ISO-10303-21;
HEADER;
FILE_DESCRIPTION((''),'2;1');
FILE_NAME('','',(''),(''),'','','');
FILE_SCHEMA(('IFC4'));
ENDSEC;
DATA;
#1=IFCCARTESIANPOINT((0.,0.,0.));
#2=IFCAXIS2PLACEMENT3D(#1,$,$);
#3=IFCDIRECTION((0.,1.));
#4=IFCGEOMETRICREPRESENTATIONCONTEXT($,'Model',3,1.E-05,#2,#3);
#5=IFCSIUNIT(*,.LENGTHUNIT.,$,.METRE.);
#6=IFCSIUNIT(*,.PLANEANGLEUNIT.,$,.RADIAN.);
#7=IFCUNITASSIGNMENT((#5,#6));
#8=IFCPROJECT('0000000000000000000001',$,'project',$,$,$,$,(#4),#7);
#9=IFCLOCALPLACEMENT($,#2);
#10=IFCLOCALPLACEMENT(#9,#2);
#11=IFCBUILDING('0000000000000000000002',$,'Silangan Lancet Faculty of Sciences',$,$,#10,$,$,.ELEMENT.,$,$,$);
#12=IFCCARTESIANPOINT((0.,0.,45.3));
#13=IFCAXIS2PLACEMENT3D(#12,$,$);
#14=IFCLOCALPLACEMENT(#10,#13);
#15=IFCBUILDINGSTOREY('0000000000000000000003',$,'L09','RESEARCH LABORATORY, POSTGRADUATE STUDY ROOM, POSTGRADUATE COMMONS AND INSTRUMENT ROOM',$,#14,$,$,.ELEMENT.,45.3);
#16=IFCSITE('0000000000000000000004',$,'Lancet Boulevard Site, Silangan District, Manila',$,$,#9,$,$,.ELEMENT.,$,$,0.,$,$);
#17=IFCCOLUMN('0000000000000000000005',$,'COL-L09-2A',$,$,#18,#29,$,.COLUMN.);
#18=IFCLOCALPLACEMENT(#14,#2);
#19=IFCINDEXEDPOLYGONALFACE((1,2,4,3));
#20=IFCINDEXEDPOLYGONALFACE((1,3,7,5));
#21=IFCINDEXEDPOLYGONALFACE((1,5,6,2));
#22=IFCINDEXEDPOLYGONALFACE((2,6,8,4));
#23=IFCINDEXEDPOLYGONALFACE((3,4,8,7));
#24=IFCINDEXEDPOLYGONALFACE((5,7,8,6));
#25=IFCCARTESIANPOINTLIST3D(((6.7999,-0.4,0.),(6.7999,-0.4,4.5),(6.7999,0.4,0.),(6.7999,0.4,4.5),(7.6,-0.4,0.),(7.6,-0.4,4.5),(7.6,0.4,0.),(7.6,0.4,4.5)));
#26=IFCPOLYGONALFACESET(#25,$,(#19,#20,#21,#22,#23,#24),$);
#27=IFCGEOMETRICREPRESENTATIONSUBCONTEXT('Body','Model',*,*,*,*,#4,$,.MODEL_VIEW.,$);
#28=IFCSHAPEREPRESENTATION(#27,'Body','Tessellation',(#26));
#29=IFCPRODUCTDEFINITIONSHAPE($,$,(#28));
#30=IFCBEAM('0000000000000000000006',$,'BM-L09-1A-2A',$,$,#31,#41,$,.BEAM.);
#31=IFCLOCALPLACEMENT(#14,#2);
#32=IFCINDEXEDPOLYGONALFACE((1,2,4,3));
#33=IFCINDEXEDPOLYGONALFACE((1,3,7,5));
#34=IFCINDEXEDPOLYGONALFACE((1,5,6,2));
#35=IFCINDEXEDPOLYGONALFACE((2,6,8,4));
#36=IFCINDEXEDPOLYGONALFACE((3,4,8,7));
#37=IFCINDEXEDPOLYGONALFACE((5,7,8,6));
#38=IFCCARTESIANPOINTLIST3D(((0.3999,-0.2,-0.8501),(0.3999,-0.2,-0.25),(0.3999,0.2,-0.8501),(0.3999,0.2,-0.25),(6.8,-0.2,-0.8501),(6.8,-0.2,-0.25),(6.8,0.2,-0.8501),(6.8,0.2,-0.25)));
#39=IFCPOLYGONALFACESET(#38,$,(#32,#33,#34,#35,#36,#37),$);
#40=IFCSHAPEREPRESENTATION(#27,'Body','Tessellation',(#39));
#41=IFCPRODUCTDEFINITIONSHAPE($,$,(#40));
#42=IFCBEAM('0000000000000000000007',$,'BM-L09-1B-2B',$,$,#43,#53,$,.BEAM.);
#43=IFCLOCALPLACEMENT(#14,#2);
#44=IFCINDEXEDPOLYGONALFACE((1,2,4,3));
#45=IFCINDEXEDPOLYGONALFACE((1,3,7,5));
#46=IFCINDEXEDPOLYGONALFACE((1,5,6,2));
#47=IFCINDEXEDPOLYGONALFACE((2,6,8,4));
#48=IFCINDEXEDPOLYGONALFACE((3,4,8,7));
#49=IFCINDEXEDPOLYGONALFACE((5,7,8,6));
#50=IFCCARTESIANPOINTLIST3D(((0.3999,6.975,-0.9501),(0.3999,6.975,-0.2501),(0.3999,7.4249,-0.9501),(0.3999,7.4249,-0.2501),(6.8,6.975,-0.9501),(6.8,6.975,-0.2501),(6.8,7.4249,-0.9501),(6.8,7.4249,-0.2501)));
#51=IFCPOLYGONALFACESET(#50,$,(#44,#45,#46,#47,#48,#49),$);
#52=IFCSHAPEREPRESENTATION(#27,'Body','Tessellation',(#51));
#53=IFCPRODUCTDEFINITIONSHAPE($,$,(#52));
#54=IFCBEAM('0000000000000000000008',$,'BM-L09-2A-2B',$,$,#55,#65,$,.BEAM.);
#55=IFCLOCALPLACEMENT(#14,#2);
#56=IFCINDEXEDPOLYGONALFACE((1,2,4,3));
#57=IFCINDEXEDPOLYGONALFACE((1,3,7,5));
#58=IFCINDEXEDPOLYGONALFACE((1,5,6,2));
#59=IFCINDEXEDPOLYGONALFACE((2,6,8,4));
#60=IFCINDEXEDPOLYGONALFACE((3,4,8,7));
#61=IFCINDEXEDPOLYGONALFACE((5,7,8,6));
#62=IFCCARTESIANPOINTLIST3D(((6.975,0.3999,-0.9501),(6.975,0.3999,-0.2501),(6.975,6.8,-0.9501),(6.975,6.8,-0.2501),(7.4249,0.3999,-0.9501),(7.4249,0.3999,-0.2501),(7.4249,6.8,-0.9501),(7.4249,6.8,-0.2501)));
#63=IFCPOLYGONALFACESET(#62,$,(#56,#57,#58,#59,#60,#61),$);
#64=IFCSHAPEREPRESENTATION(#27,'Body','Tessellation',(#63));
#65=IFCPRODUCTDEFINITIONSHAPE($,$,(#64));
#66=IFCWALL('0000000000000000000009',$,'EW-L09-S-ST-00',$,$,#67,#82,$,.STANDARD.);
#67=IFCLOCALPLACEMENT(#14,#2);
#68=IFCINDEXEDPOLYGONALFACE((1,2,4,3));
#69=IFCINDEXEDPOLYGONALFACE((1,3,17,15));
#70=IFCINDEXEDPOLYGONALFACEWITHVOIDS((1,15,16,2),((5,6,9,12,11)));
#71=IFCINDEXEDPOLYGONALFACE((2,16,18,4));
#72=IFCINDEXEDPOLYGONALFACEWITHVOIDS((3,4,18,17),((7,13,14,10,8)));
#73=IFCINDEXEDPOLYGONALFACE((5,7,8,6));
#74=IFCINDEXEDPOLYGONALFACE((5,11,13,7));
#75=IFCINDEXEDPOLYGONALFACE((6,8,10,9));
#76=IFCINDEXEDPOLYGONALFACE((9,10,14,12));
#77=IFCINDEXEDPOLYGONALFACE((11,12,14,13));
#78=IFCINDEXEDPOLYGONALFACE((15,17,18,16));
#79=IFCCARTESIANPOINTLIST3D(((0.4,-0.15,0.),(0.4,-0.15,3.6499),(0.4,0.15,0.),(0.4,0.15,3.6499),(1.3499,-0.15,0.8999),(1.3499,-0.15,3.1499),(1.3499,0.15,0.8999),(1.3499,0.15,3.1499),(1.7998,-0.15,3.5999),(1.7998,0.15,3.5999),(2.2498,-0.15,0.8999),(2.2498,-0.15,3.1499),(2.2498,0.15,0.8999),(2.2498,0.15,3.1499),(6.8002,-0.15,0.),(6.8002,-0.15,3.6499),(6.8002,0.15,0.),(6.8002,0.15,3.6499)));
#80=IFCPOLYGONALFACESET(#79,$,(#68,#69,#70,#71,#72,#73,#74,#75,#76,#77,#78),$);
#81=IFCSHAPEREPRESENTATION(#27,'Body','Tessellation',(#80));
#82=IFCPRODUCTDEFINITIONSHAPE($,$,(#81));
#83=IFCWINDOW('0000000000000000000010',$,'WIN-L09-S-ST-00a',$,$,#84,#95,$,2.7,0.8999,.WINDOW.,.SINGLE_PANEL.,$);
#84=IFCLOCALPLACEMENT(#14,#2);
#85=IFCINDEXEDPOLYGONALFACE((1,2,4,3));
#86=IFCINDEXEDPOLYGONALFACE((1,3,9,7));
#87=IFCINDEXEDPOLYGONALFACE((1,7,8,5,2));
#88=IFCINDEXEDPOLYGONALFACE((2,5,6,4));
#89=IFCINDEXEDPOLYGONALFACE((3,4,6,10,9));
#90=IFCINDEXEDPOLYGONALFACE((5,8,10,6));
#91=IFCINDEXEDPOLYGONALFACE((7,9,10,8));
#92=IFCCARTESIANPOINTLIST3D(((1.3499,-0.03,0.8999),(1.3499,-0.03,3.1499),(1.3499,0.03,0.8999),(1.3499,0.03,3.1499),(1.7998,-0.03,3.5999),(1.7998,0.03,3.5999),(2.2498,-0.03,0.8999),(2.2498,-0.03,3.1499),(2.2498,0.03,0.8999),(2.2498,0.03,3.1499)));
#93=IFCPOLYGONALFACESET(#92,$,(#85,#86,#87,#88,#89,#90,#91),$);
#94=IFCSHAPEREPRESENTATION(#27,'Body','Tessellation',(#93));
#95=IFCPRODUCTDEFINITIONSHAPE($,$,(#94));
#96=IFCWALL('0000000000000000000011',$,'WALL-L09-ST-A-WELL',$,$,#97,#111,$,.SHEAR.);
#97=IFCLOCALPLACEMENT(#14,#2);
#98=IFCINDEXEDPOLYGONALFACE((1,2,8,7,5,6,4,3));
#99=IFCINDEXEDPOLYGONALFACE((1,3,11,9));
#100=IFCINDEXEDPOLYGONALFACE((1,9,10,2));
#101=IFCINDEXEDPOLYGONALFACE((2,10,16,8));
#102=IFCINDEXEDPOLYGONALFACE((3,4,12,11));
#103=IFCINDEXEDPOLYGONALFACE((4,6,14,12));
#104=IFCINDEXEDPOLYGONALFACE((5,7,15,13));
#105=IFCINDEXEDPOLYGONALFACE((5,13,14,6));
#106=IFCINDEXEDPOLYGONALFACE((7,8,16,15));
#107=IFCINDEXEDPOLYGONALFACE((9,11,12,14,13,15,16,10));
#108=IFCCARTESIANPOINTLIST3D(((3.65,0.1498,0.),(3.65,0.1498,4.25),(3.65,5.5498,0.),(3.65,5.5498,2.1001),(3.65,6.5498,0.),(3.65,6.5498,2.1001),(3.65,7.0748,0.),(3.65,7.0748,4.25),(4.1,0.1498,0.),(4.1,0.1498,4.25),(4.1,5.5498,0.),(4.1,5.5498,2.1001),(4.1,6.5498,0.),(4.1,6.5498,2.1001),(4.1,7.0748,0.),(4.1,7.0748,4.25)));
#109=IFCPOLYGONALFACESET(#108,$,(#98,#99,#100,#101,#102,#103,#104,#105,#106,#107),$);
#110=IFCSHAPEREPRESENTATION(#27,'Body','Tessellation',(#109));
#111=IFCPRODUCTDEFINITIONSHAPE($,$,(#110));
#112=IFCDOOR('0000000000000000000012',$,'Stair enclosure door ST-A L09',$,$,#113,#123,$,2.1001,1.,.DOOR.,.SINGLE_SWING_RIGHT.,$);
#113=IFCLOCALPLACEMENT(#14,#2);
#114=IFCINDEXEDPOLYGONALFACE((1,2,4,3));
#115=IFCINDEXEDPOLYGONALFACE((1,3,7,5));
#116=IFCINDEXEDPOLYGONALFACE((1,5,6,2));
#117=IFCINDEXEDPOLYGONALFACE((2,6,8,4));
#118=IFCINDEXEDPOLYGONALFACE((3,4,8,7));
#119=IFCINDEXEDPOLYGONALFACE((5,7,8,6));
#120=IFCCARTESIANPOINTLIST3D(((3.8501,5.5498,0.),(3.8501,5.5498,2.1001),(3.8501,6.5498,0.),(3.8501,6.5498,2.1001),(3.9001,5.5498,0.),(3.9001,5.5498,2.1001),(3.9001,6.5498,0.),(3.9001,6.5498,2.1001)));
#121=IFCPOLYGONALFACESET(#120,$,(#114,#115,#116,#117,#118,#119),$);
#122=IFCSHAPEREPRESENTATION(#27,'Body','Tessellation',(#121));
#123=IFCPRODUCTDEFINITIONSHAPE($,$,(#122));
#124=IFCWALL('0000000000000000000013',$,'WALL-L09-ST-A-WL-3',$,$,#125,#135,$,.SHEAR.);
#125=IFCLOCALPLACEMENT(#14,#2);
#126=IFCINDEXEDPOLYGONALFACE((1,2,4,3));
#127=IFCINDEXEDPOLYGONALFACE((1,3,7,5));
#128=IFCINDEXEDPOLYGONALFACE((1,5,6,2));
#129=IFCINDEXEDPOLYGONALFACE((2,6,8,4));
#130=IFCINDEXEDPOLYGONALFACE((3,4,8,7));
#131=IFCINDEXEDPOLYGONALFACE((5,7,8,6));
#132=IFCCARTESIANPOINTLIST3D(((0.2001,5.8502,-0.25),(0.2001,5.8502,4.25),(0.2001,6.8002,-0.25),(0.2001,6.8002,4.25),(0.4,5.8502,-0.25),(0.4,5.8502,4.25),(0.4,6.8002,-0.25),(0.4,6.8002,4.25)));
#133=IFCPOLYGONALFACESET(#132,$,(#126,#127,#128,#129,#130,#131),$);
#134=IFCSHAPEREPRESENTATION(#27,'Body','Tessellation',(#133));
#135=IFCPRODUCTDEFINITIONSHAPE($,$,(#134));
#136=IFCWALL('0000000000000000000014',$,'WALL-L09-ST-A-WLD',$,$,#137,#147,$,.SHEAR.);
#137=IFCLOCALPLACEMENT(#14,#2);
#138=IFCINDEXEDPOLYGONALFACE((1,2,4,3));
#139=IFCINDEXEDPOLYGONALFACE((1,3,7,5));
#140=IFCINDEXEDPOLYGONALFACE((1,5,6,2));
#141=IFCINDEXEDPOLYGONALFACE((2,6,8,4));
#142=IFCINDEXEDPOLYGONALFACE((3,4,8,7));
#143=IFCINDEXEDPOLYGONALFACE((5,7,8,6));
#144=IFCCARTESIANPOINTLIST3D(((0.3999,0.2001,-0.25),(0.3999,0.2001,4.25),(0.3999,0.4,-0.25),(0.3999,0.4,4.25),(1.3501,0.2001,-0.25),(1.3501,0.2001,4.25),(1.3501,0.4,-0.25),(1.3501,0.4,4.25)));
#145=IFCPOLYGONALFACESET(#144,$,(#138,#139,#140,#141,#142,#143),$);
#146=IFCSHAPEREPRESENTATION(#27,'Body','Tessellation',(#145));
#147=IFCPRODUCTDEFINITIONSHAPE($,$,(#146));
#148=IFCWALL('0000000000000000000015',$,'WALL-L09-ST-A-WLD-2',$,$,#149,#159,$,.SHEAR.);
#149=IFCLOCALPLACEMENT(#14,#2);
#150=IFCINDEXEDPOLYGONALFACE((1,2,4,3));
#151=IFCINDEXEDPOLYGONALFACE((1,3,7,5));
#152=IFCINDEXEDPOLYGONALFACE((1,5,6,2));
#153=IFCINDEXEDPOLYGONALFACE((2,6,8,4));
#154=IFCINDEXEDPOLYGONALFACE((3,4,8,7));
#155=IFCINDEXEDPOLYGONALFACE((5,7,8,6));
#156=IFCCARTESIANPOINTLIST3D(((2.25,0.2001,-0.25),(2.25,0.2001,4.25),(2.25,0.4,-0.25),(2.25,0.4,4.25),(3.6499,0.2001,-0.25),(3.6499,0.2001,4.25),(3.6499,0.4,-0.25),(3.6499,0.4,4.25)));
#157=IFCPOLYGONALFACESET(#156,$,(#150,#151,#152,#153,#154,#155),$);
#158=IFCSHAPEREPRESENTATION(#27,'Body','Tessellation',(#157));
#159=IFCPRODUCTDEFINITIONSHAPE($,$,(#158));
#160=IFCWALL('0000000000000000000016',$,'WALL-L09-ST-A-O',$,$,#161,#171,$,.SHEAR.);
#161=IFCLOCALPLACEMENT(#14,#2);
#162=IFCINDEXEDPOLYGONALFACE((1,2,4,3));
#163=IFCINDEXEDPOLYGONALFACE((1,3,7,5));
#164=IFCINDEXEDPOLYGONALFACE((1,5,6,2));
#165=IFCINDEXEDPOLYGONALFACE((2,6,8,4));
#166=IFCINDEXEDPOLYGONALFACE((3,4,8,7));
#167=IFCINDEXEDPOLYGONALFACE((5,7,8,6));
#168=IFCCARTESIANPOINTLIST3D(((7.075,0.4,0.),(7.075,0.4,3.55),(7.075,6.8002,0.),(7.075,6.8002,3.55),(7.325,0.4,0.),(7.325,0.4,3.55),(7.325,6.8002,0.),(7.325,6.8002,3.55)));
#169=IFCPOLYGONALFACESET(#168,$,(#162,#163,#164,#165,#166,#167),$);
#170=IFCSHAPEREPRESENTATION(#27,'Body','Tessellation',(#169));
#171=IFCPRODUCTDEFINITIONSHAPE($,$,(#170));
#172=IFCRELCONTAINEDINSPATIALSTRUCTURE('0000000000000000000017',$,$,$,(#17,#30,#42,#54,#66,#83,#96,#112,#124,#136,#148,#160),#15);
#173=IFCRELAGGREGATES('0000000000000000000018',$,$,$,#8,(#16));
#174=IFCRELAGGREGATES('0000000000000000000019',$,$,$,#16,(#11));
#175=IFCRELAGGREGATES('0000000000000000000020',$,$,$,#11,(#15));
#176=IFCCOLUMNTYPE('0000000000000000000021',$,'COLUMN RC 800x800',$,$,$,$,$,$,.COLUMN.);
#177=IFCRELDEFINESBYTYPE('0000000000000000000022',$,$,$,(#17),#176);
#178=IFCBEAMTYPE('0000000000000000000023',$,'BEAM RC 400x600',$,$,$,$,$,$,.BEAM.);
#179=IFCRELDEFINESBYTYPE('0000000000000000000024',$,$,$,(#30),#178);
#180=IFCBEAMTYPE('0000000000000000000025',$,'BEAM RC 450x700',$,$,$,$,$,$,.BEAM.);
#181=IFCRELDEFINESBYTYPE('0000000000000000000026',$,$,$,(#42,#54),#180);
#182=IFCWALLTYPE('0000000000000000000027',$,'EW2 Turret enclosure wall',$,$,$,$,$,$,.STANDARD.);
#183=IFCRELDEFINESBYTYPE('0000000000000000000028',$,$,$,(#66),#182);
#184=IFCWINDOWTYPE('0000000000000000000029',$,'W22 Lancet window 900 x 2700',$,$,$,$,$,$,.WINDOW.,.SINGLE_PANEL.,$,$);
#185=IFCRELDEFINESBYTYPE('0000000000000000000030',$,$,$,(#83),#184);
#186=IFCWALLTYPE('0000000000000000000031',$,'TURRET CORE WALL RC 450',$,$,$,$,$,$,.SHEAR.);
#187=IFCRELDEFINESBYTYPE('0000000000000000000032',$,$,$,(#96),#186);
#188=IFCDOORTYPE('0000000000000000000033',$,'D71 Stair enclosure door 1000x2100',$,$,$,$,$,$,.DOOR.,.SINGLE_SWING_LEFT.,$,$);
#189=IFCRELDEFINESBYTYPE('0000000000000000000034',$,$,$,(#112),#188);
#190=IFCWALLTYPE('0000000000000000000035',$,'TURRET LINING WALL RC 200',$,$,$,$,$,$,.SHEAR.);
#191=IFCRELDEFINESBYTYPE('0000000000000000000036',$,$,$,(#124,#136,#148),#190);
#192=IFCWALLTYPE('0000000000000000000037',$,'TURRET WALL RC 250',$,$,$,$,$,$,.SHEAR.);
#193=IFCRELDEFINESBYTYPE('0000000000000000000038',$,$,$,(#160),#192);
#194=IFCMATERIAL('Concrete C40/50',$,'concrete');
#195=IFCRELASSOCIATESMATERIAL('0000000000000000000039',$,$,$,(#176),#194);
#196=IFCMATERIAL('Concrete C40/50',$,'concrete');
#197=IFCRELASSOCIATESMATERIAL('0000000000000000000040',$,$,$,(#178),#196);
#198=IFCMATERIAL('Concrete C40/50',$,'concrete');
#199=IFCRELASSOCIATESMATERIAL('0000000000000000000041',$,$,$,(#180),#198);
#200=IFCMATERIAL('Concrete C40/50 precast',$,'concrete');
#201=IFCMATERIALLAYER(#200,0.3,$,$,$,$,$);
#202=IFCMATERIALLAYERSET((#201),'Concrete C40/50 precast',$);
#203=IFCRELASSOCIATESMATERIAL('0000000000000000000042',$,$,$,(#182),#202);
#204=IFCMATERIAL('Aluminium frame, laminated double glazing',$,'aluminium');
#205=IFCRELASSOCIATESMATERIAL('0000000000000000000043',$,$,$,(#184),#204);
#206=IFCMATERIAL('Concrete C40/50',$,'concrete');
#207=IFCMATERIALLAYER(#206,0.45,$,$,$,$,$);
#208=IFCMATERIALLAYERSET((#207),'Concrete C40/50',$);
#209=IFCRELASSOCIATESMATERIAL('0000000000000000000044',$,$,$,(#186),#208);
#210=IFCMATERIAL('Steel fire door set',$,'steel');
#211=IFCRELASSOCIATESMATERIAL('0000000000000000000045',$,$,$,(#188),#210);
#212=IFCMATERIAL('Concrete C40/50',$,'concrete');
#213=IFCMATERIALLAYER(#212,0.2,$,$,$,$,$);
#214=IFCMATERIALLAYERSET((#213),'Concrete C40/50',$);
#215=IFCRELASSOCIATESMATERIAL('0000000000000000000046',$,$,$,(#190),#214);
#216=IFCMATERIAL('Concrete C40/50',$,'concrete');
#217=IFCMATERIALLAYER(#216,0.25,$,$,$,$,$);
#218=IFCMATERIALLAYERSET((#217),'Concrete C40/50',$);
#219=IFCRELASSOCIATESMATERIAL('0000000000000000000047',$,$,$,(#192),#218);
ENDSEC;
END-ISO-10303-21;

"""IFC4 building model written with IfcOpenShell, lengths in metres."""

from ifc_helpers import new_model, si_unit, direction, frame, frame_2d, origin, origin_2d, place, context, subcontext, project, spatial, polyline, rectangle, outline, extrude, material, layer, layer_set, material_profile, profile_set, type_object, element, fill, save


model = new_model("IFC4")

# Units and contexts
model_context = context("Model", 3, precision=1e-05, world=origin(), true_north=direction((0.0, 1.0)))
body_context = subcontext(model_context, "Body", "Model", "MODEL_VIEW")
ifc_project = project(units=[si_unit("LENGTHUNIT", "METRE"), si_unit("PLANEANGLEUNIT", "RADIAN")], contexts=[model_context])

# Site, building, storey
site_placement = place(None, origin())
site = spatial("IfcSite", under=ifc_project, at=site_placement, Name="Lancet Boulevard Site, Silangan District, Manila", CompositionType="ELEMENT", RefElevation=0.0)
building_placement = place(site_placement, origin())
building = spatial("IfcBuilding", under=site, at=building_placement, Name="Silangan Lancet Faculty of Sciences", CompositionType="ELEMENT")
storey_placement = place(building_placement, frame((0.0, 0.0, 45.3)))
storey = spatial("IfcBuildingStorey", under=building, at=storey_placement, Name="L09", Description="RESEARCH LABORATORY, POSTGRADUATE STUDY ROOM, POSTGRADUATE COMMONS AND INSTRUMENT ROOM", CompositionType="ELEMENT", Elevation=45.3)

# Column
ifc_material_1 = material(Name="Concrete C40/50", Category="concrete")
ifc_material_profile_1 = material_profile(ifc_material_1, rectangle(XDim=0.8, YDim=0.8, at=origin_2d()), Name="RC 800x800")
ifc_profile_set_1 = profile_set([ifc_material_profile_1], Name="Concrete C40/50")
column_type = type_object("IfcColumnType", Name="COLUMN RC 800x800", PredefinedType="COLUMN", material=ifc_profile_set_1)
column_placement = place(storey_placement, frame((7.2, 0.0, 0.0), z_axis=(0.0, 0.0, 1.0), x_axis=(1.0, 0.0, 0.0)))
element("IfcColumn", 1, at=column_placement, inside=storey, type_object=column_type, Name="COL-L09-2A", PredefinedType="COLUMN", context=body_context, shape_type="SweptSolid", body=[
    extrude(rectangle(XDim=0.8, YDim=0.8, at=origin_2d()), origin(), (0.0, 0.0, 1.0), 4.5),
])

# Beams
ifc_material_2 = material(Name="Concrete C40/50", Category="concrete")
ifc_material_profile_2 = material_profile(ifc_material_2, rectangle(XDim=0.3999, YDim=0.6001, at=origin_2d()), Name="RC 400x600")
ifc_profile_set_2 = profile_set([ifc_material_profile_2], Name="Concrete C40/50")
beam_type_1 = type_object("IfcBeamType", Name="BEAM RC 400x600", PredefinedType="BEAM", material=ifc_profile_set_2)
beam_placement = place(storey_placement, frame((0.3999, 0.0, -0.55), z_axis=(1.0, 0.0, 0.0), x_axis=(0.0, 1.0, 0.0)))
element("IfcBeam", 2, at=beam_placement, inside=storey, type_object=beam_type_1, Name="BM-L09-1A-2A", PredefinedType="BEAM", context=body_context, shape_type="SweptSolid", body=[
    extrude(rectangle(XDim=0.3999, YDim=0.6001, at=origin_2d()), origin(), (0.0, 0.0, 1.0), 6.4001),
])
ifc_material_3 = material(Name="Concrete C40/50", Category="concrete")
ifc_material_profile_3 = material_profile(ifc_material_3, rectangle(XDim=0.45, YDim=0.7, at=origin_2d()), Name="RC 450x700")
ifc_profile_set_3 = profile_set([ifc_material_profile_3], Name="Concrete C40/50")
beam_type_2 = type_object("IfcBeamType", Name="BEAM RC 450x700", PredefinedType="BEAM", material=ifc_profile_set_3)
for number, where, z_axis, x_axis, name in (
    (3, (0.3999, 7.2, -0.6001), (1.0, 0.0, 0.0), (0.0, 1.0, 0.0), "BM-L09-1B-2B"),
    (4, (7.2, 0.3999, -0.6001), (0.0, 1.0, 0.0), (-1.0, 0.0, 0.0), "BM-L09-2A-2B"),
):
    element("IfcBeam", number, at=place(storey_placement, frame(where, z_axis=z_axis, x_axis=x_axis)), inside=storey, type_object=beam_type_2, Name=name, PredefinedType="BEAM", context=body_context, shape_type="SweptSolid", body=[
        extrude(rectangle(XDim=0.45, YDim=0.7, at=origin_2d()), origin(), (0.0, 0.0, 1.0), 6.4001),
    ])

# Wall, opening, window
ifc_material_4 = material(Name="Concrete C40/50 precast", Category="concrete")
ifc_layer_1 = layer(ifc_material_4, 0.3)
ifc_layer_set_1 = layer_set([ifc_layer_1], Name="Concrete C40/50 precast")
wall_type_1 = type_object("IfcWallType", Name="EW2 Turret enclosure wall", PredefinedType="STANDARD", material=ifc_layer_set_1)
wall_1_placement = place(storey_placement, frame((0.3999, 0.0, 0.0), z_axis=(0.0, 0.0, 1.0), x_axis=(1.0, 0.0, 0.0)))
wall_1 = element("IfcWall", 5, at=wall_1_placement, inside=storey, type_object=wall_type_1, Name="EW-L09-S-ST-00", PredefinedType="STANDARD", context=body_context, shape_type="SweptSolid", body=[
    extrude(rectangle(XDim=6.4001, YDim=0.3, at=frame_2d((3.2002, 0.0))), origin(), (0.0, 0.0, 1.0), 3.6499),
])
opening_1_placement = place(wall_1_placement, frame((0.95, 0.0, 0.8999)))
opening_1 = element("IfcOpeningElement", 6, at=opening_1_placement, cuts=wall_1, PredefinedType="OPENING", context=body_context, shape_type="SweptSolid", body=[
    extrude(outline(polyline([(0.0, 0.0), (0.8999, 0.0), (0.8999, 2.25), (0.45, 2.7), (0.0, 2.25), (0.0, 0.0)])), frame((0.0, 0.1599, 0.0), z_axis=(0.0, -1.0, 0.0), x_axis=(1.0, 0.0, 0.0)), (0.0, 0.0, 1.0), 0.3201),
])
ifc_material_5 = material(Name="Aluminium frame, laminated double glazing", Category="aluminium")
window_type = type_object("IfcWindowType", Name="W22 Lancet window 900 x 2700", PartitioningType="SINGLE_PANEL", PredefinedType="WINDOW", material=ifc_material_5)
window_placement = place(opening_1_placement, origin())
window = element("IfcWindow", 7, at=window_placement, inside=storey, type_object=window_type, Name="WIN-L09-S-ST-00a", OverallHeight=2.7, OverallWidth=0.8999, PartitioningType="SINGLE_PANEL", PredefinedType="WINDOW", context=body_context, shape_type="SweptSolid", body=[
    extrude(outline(polyline([(0.0, 0.0), (0.8999, 0.0), (0.8999, 2.25), (0.45, 2.7), (0.0, 2.25), (0.0, 0.0)])), frame((0.0, 0.03, 0.0), z_axis=(0.0, -1.0, 0.0), x_axis=(1.0, 0.0, 0.0)), (0.0, 0.0, 1.0), 0.0601),
])
fill(opening_1, window)

# Wall, opening, door
ifc_material_6 = material(Name="Concrete C40/50", Category="concrete")
ifc_layer_2 = layer(ifc_material_6, 0.45)
ifc_layer_set_2 = layer_set([ifc_layer_2], Name="Concrete C40/50")
wall_type_2 = type_object("IfcWallType", Name="TURRET CORE WALL RC 450", PredefinedType="SHEAR", material=ifc_layer_set_2)
wall_2_placement = place(storey_placement, frame((3.875, 0.1499, 0.0), z_axis=(0.0, 0.0, 1.0), x_axis=(0.0, 1.0, 0.0)))
wall_2 = element("IfcWall", 8, at=wall_2_placement, inside=storey, type_object=wall_type_2, Name="WALL-L09-ST-A-WELL", PredefinedType="SHEAR", context=body_context, shape_type="SweptSolid", body=[
    extrude(rectangle(XDim=6.925, YDim=0.45, at=frame_2d((3.4624, 0.0))), origin(), (0.0, 0.0, 1.0), 4.25),
])
opening_2_placement = place(wall_2_placement, frame((5.3999, 0.0, 0.0)))
opening_2 = element("IfcOpeningElement", 9, at=opening_2_placement, cuts=wall_2, PredefinedType="OPENING", context=body_context, shape_type="SweptSolid", body=[
    extrude(rectangle(XDim=1.0, YDim=2.1001, at=frame_2d((0.5, 1.05))), frame((0.0, 0.2349, 0.0), z_axis=(0.0, -1.0, 0.0), x_axis=(1.0, 0.0, 0.0)), (0.0, 0.0, 1.0), 0.47),
])
ifc_material_7 = material(Name="Steel fire door set", Category="steel")
door_type_1 = type_object("IfcDoorType", Name="D71 Stair enclosure door 1000x2100", OperationType="SINGLE_SWING_LEFT", PredefinedType="DOOR", material=ifc_material_7)
door_1_placement = place(opening_2_placement, origin())
door_1 = element("IfcDoor", 10, at=door_1_placement, inside=storey, type_object=door_type_1, Name="Stair enclosure door ST-A L09", OperationType="SINGLE_SWING_RIGHT", OverallHeight=2.1001, OverallWidth=1.0, PredefinedType="DOOR", context=body_context, shape_type="SweptSolid", body=[
    extrude(rectangle(XDim=1.0, YDim=2.1001, at=frame_2d((0.5, 1.05))), frame((0.0, 0.0249, 0.0), z_axis=(0.0, -1.0, 0.0), x_axis=(1.0, 0.0, 0.0)), (0.0, 0.0, 1.0), 0.05),
])
fill(opening_2, door_1)

# Walls
ifc_material_8 = material(Name="Concrete C40/50", Category="concrete")
ifc_layer_3 = layer(ifc_material_8, 0.2)
ifc_layer_set_3 = layer_set([ifc_layer_3], Name="Concrete C40/50")
wall_type_3 = type_object("IfcWallType", Name="TURRET LINING WALL RC 200", PredefinedType="SHEAR", material=ifc_layer_set_3)
wall_3_placement = place(storey_placement, frame((0.3, 5.8501, -0.25), z_axis=(0.0, 0.0, 1.0), x_axis=(0.0, 1.0, 0.0)))
element("IfcWall", 11, at=wall_3_placement, inside=storey, type_object=wall_type_3, Name="WALL-L09-ST-A-WL-3", PredefinedType="SHEAR", context=body_context, shape_type="SweptSolid", body=[
    extrude(rectangle(XDim=0.95, YDim=0.2, at=frame_2d((0.4751, 0.0))), origin(), (0.0, 0.0, 1.0), 4.5),
])
wall_4_placement = place(storey_placement, frame((0.3999, 0.3, -0.25), z_axis=(0.0, 0.0, 1.0), x_axis=(1.0, 0.0, 0.0)))
element("IfcWall", 12, at=wall_4_placement, inside=storey, type_object=wall_type_3, Name="WALL-L09-ST-A-WLD", PredefinedType="SHEAR", context=body_context, shape_type="SweptSolid", body=[
    extrude(rectangle(XDim=0.9502, YDim=0.2, at=frame_2d((0.4751, 0.0))), origin(), (0.0, 0.0, 1.0), 4.5),
])
wall_5_placement = place(storey_placement, frame((2.25, 0.3, -0.25), z_axis=(0.0, 0.0, 1.0), x_axis=(1.0, 0.0, 0.0)))
element("IfcWall", 13, at=wall_5_placement, inside=storey, type_object=wall_type_3, Name="WALL-L09-ST-A-WLD-2", PredefinedType="SHEAR", context=body_context, shape_type="SweptSolid", body=[
    extrude(rectangle(XDim=1.3999, YDim=0.2, at=frame_2d((0.7, 0.0))), origin(), (0.0, 0.0, 1.0), 4.5),
])
ifc_material_9 = material(Name="Concrete C40/50", Category="concrete")
ifc_layer_4 = layer(ifc_material_9, 0.25)
ifc_layer_set_4 = layer_set([ifc_layer_4], Name="Concrete C40/50")
wall_type_4 = type_object("IfcWallType", Name="TURRET WALL RC 250", PredefinedType="SHEAR", material=ifc_layer_set_4)
wall_6_placement = place(storey_placement, frame((7.2, 0.3999, 0.0), z_axis=(0.0, 0.0, 1.0), x_axis=(0.0, 1.0, 0.0)))
element("IfcWall", 14, at=wall_6_placement, inside=storey, type_object=wall_type_4, Name="WALL-L09-ST-A-O", PredefinedType="SHEAR", context=body_context, shape_type="SweptSolid", body=[
    extrude(rectangle(XDim=6.4001, YDim=0.25, at=frame_2d((3.2002, 0.0))), origin(), (0.0, 0.0, 1.0), 3.55),
])

save(model, "model.ifc")
